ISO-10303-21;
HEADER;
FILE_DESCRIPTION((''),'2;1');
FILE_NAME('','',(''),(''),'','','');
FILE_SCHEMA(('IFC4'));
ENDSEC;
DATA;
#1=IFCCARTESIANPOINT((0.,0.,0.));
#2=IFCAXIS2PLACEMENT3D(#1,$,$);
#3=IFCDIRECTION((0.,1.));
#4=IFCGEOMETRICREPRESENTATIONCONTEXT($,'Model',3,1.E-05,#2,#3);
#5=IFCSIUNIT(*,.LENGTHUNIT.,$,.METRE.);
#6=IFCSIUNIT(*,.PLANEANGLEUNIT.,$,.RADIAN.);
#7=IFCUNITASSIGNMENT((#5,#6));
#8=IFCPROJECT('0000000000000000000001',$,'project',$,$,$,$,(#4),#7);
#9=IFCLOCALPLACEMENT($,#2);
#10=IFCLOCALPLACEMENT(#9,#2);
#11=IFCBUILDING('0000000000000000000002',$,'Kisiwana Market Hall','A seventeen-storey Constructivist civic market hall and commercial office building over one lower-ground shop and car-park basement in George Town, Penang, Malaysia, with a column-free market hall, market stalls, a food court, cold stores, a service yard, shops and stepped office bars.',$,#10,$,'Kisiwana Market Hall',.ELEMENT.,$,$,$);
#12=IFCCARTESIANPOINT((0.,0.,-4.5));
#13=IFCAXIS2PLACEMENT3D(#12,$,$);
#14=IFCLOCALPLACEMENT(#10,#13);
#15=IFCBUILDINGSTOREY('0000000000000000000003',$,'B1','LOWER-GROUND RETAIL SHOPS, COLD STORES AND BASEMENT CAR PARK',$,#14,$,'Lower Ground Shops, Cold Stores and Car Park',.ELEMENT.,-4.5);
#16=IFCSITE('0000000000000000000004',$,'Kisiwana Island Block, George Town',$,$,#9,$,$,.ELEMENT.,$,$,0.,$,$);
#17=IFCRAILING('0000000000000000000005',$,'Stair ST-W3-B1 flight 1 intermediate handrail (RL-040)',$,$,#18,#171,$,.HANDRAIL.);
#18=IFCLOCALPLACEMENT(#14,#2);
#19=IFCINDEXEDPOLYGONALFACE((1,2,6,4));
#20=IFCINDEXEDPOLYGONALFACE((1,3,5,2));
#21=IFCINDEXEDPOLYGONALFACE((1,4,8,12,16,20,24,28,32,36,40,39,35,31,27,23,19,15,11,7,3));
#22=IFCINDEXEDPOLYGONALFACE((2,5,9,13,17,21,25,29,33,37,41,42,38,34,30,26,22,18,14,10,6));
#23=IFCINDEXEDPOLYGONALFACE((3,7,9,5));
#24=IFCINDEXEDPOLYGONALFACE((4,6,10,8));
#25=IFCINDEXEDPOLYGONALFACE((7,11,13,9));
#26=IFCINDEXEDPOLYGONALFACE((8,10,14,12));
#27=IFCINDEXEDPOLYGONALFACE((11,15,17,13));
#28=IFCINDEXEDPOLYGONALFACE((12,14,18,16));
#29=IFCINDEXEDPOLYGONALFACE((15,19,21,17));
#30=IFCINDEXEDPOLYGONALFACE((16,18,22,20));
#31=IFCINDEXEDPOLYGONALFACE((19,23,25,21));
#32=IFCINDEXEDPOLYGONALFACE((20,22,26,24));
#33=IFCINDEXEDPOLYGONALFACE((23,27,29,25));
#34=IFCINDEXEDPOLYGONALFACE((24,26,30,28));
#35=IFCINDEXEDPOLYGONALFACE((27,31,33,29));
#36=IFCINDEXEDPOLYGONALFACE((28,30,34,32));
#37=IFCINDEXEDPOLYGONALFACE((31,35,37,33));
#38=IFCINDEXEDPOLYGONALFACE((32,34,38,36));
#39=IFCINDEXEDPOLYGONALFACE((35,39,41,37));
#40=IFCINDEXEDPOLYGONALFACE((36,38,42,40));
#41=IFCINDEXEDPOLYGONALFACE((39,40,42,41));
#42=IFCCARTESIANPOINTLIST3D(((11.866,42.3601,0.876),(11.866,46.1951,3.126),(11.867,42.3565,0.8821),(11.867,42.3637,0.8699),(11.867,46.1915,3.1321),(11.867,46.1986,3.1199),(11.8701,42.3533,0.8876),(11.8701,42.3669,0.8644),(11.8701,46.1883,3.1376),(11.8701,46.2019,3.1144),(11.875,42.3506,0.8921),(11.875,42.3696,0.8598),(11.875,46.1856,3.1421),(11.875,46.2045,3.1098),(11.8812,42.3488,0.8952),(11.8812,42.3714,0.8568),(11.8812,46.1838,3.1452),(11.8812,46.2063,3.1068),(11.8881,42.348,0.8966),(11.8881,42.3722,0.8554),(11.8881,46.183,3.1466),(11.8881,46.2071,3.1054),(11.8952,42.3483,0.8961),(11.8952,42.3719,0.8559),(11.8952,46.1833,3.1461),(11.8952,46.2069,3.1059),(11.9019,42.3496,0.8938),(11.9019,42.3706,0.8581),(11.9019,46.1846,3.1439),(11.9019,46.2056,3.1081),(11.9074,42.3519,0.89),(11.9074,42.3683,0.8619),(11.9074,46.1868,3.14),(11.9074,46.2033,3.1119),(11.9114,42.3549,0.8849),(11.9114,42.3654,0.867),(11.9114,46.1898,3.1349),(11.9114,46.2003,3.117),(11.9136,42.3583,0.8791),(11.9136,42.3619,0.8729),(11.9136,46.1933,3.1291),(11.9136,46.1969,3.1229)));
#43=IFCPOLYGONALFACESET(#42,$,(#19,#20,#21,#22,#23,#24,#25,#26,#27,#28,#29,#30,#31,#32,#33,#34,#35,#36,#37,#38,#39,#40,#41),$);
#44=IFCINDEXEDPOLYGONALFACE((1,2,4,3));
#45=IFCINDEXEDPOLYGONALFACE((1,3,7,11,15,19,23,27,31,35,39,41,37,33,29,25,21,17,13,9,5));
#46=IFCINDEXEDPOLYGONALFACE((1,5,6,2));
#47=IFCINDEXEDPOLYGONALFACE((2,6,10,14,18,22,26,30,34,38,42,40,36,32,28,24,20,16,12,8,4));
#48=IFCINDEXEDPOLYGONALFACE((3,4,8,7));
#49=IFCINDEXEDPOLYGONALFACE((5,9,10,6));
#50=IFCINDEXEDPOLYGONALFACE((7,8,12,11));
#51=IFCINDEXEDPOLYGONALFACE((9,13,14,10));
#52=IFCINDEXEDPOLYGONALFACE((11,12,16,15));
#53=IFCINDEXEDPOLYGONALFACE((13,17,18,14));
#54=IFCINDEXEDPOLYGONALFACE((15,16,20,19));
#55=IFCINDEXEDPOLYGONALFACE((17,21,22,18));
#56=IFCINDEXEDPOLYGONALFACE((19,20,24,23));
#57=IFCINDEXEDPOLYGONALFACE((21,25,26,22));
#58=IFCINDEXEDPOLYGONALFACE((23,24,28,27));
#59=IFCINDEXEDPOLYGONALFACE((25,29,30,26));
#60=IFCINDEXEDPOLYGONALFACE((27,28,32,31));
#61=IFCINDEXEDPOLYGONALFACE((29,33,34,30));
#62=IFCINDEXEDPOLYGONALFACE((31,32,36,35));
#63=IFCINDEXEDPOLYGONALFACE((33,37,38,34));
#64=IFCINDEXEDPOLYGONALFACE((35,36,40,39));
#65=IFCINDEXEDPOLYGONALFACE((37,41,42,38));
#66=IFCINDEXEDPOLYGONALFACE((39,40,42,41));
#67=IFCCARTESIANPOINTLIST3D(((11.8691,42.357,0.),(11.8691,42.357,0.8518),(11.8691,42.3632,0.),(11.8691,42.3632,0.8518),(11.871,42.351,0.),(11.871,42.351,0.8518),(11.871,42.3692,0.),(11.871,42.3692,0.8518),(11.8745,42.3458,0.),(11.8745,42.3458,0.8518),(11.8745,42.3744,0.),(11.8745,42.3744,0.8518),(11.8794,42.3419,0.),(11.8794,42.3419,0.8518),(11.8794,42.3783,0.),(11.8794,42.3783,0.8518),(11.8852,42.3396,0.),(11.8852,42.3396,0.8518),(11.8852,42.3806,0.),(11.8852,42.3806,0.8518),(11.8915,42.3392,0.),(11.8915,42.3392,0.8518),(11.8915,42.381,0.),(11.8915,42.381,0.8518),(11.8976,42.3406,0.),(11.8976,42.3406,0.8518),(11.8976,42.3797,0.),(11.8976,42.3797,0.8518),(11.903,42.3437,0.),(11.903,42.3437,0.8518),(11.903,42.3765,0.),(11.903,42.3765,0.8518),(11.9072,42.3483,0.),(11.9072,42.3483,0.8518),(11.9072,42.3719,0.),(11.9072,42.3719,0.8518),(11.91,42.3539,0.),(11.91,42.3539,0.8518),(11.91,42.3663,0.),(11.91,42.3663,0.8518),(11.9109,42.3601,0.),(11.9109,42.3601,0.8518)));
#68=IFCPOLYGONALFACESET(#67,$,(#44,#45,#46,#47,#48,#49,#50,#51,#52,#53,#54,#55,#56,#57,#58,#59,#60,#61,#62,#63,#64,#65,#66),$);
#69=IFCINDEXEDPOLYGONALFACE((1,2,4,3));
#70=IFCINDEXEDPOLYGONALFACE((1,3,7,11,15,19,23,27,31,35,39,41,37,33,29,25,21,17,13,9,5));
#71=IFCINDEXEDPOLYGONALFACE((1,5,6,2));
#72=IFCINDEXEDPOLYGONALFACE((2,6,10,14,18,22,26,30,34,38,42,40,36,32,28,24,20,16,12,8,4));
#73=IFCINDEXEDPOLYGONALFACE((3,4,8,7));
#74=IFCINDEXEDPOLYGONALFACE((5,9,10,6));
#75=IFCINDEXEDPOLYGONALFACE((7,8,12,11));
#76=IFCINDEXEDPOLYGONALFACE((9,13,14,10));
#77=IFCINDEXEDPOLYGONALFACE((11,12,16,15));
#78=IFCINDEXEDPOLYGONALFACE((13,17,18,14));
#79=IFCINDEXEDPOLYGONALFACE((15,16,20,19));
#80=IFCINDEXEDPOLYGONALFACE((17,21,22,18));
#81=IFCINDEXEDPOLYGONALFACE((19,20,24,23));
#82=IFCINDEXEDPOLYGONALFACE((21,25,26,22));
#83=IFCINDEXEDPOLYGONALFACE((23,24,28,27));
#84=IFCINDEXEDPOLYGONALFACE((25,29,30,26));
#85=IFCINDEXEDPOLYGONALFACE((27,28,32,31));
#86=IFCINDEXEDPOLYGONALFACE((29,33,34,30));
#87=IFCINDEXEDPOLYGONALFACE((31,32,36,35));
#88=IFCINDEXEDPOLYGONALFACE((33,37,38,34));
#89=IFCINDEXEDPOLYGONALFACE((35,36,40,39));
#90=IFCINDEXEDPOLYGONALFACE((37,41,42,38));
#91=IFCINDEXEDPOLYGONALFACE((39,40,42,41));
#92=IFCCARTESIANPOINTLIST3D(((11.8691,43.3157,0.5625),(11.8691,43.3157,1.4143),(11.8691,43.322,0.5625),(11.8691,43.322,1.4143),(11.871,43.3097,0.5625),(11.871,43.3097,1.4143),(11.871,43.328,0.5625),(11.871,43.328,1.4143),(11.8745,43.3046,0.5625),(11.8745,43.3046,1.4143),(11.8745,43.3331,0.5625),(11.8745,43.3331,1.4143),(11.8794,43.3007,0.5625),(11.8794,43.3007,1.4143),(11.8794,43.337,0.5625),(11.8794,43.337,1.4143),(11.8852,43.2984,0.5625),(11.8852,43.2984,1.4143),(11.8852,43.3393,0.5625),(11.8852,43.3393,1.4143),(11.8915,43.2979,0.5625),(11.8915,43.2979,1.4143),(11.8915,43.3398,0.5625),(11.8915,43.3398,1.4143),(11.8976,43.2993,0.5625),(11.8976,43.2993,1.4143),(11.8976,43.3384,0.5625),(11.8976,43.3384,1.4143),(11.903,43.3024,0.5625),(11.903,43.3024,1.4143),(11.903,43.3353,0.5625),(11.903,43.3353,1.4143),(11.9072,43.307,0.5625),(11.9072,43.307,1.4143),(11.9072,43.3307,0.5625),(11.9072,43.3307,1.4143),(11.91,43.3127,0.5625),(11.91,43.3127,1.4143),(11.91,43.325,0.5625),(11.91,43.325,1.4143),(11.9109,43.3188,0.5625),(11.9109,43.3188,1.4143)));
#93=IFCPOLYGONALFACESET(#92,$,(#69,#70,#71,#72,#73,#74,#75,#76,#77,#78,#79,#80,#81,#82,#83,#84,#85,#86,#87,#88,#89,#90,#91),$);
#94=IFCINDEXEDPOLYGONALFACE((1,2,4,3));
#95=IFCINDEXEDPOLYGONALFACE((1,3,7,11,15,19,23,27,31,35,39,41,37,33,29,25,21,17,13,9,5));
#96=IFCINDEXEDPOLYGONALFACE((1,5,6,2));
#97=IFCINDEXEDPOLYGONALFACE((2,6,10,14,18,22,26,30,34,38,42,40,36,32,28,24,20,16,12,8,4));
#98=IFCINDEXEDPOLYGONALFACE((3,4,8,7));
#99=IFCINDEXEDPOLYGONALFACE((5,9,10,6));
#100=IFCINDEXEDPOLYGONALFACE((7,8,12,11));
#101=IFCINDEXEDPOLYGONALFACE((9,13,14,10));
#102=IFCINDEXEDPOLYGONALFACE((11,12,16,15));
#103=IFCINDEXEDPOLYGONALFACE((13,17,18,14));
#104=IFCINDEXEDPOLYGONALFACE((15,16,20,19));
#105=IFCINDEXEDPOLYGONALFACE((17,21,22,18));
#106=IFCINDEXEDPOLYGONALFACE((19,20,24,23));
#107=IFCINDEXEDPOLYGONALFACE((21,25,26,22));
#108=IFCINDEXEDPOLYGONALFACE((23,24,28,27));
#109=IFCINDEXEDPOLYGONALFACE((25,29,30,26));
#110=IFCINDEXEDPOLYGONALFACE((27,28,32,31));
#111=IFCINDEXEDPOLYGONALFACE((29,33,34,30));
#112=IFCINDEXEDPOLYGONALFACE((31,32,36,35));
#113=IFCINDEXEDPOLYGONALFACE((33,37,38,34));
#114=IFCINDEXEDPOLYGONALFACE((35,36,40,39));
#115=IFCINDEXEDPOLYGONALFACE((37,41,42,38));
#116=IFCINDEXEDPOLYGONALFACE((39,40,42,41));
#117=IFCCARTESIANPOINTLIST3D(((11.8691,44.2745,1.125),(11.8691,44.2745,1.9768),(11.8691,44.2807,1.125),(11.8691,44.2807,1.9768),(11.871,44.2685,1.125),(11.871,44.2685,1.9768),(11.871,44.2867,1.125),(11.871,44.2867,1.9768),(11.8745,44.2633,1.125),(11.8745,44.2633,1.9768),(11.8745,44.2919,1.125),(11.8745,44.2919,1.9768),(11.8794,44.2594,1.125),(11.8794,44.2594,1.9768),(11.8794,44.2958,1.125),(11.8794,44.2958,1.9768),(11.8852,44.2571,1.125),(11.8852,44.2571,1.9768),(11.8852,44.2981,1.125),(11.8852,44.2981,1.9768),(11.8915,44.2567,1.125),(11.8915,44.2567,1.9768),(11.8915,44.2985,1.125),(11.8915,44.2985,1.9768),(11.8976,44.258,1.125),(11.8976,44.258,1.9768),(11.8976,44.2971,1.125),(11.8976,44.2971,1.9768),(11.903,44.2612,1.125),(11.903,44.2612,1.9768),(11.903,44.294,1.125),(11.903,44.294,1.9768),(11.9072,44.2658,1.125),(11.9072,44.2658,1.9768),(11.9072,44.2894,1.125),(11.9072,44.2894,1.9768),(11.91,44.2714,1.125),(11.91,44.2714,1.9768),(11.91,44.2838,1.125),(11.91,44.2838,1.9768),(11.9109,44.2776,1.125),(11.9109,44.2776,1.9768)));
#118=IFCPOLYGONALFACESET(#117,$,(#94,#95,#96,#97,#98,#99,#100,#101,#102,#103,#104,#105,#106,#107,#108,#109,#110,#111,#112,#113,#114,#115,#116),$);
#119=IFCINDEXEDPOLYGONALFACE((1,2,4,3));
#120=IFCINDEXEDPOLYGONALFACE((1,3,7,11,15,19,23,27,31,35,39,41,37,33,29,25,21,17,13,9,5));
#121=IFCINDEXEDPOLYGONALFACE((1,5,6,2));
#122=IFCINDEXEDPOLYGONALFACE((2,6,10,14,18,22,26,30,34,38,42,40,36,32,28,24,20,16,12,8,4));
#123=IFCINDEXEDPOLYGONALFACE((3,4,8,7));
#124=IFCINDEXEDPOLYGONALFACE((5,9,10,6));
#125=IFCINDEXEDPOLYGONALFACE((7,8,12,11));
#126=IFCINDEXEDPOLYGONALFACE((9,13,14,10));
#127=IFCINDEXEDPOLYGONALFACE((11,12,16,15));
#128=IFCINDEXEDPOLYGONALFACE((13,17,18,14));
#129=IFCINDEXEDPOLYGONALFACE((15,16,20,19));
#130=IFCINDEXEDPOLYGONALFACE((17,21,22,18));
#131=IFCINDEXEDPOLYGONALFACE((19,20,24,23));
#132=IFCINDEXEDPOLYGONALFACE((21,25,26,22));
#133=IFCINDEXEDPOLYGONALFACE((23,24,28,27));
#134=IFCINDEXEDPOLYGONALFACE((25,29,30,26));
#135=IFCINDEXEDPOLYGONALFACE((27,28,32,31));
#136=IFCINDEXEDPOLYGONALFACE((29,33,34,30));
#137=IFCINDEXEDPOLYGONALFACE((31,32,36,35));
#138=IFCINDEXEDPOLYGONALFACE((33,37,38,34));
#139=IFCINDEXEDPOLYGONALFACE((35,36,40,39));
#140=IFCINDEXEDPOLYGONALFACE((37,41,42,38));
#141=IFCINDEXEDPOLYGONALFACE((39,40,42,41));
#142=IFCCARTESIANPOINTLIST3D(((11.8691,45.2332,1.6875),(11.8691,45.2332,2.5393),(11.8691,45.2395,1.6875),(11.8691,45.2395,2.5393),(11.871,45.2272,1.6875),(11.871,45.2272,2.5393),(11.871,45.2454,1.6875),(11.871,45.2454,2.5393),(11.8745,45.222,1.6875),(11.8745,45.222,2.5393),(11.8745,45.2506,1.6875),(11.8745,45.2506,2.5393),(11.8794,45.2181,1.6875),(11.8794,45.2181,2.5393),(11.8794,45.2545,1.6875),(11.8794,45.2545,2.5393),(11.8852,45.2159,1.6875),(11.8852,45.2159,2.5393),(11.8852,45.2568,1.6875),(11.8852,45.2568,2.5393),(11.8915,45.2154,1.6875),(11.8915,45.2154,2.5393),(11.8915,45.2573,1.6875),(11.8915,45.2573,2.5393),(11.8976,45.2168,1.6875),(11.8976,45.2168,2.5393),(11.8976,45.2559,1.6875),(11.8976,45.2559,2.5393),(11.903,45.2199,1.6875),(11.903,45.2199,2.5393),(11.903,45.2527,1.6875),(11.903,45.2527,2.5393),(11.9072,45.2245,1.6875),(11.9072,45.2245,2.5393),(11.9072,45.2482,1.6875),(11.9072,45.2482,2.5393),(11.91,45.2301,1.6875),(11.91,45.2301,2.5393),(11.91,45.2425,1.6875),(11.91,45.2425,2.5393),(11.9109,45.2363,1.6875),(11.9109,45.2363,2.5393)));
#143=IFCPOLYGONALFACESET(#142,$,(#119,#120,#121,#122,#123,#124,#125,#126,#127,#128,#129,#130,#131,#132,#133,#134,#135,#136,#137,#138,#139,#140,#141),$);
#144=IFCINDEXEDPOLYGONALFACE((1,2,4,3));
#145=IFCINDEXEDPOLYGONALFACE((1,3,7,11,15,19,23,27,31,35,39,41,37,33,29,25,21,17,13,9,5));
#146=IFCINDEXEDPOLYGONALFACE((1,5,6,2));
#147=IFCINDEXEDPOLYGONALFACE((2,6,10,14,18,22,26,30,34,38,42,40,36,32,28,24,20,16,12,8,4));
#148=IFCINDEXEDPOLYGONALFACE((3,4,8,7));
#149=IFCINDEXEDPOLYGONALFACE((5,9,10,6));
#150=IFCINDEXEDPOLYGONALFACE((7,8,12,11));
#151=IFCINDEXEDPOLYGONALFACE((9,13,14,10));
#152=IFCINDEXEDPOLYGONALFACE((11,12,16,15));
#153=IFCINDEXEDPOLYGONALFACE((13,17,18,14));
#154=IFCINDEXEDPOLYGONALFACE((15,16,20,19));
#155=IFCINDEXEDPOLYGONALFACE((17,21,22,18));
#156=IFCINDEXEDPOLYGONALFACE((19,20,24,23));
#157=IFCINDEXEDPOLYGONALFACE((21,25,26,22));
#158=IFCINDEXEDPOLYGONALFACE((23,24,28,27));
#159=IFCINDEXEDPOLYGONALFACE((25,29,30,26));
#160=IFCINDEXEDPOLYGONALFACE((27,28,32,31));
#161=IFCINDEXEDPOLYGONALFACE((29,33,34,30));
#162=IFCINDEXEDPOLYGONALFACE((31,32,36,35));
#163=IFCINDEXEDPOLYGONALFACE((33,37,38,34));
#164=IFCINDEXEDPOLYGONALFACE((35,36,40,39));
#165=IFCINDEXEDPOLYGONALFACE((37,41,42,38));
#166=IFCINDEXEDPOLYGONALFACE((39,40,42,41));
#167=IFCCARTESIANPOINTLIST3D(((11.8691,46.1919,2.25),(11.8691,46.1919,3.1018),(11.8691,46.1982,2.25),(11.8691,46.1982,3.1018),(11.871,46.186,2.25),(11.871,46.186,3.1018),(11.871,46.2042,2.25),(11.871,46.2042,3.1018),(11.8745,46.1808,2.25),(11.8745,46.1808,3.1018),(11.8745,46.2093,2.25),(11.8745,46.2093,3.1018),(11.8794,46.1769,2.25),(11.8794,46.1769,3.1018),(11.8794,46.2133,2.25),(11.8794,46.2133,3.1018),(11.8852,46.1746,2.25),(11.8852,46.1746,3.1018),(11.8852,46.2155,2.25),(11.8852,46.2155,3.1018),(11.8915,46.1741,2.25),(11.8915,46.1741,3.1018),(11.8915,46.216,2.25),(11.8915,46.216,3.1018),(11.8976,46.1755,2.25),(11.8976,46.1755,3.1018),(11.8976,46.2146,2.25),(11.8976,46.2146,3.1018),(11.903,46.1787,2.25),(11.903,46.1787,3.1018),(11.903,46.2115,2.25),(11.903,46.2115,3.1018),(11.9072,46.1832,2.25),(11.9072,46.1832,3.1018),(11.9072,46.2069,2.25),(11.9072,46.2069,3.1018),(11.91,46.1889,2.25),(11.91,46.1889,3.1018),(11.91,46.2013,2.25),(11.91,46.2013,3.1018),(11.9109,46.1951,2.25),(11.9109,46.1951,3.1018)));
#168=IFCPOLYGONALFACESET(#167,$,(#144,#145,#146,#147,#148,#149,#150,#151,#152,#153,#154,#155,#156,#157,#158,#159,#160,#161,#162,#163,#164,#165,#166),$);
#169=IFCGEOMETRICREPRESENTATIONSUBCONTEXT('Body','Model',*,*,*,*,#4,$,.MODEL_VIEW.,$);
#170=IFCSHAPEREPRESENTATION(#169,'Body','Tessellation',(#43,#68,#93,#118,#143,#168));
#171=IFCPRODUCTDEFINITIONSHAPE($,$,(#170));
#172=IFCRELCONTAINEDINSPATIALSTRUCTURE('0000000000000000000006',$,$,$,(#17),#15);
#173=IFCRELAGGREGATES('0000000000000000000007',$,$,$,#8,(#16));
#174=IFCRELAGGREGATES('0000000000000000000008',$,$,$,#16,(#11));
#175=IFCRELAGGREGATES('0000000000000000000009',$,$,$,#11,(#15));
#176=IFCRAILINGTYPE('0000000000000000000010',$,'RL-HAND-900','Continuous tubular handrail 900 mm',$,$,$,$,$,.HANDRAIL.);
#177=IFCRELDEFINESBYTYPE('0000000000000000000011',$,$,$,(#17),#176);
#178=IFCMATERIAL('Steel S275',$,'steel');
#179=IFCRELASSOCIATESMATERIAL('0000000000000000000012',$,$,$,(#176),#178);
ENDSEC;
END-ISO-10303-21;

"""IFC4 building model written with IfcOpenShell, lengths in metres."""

from ifc_helpers import new_model, si_unit, direction, frame, origin, origin_2d, place, context, subcontext, project, spatial, circle, extrude, material, type_object, element, save


model = new_model("IFC4")

# Units and contexts
model_context = context("Model", 3, precision=1e-05, world=origin(), true_north=direction((0.0, 1.0)))
body_context = subcontext(model_context, "Body", "Model", "MODEL_VIEW")
ifc_project = project(units=[si_unit("LENGTHUNIT", "METRE"), si_unit("PLANEANGLEUNIT", "RADIAN")], contexts=[model_context])

# Site, building, storey
site_placement = place(None, origin())
site = spatial("IfcSite", under=ifc_project, at=site_placement, Name="Kisiwana Island Block, George Town", CompositionType="ELEMENT", RefElevation=0.0)
building_placement = place(site_placement, origin())
building = spatial("IfcBuilding", under=site, at=building_placement, Name="Kisiwana Market Hall", Description="A seventeen-storey Constructivist civic market hall and commercial office building over one lower-ground shop and car-park basement in George Town, Penang, Malaysia, with a column-free market hall, market stalls, a food court, cold stores, a service yard, shops and stepped office bars.", LongName="Kisiwana Market Hall", CompositionType="ELEMENT")
storey_placement = place(building_placement, frame((0.0, 0.0, -4.5)))
storey = spatial("IfcBuildingStorey", under=building, at=storey_placement, Name="B1", Description="LOWER-GROUND RETAIL SHOPS, COLD STORES AND BASEMENT CAR PARK", LongName="Lower Ground Shops, Cold Stores and Car Park", CompositionType="ELEMENT", Elevation=-4.5)

# Railing
ifc_material_1 = material(Name="Steel S275", Category="steel")
railing_type_1 = type_object("IfcRailingType", Name="RL-HAND-900", Description="Continuous tubular handrail 900 mm", PredefinedType="HANDRAIL", material=ifc_material_1)
railing_1_placement = place(storey_placement, frame((11.8899, 42.3601, 0.0)))
element("IfcRailing", 1, at=railing_1_placement, inside=storey, type_object=railing_type_1, Name="Stair ST-W3-B1 flight 1 intermediate handrail (RL-040)", PredefinedType="HANDRAIL", context=body_context, shape_type="SweptSolid", body=[
    extrude(circle(Radius=0.0239, at=origin_2d()), frame((0.0, 0.0, 0.876), z_axis=(0.0, 0.86251, 0.506041), x_axis=(-1.0, 0.0, 0.0)), (0.0, 0.0, 1.0), 4.4463),
    extrude(circle(Radius=0.021, at=origin_2d()), origin(), (0.0, 0.0, 1.0), 0.8518),
    extrude(circle(Radius=0.021, at=origin_2d()), frame((0.0, 0.9587, 0.5625)), (0.0, 0.0, 1.0), 0.8518),
    extrude(circle(Radius=0.021, at=origin_2d()), frame((0.0, 1.9175, 1.125)), (0.0, 0.0, 1.0), 0.8518),
    extrude(circle(Radius=0.021, at=origin_2d()), frame((0.0, 2.8762, 1.6875)), (0.0, 0.0, 1.0), 0.8518),
    extrude(circle(Radius=0.021, at=origin_2d()), frame((0.0, 3.835, 2.25)), (0.0, 0.0, 1.0), 0.8518),
])

save(model, "model.ifc")
